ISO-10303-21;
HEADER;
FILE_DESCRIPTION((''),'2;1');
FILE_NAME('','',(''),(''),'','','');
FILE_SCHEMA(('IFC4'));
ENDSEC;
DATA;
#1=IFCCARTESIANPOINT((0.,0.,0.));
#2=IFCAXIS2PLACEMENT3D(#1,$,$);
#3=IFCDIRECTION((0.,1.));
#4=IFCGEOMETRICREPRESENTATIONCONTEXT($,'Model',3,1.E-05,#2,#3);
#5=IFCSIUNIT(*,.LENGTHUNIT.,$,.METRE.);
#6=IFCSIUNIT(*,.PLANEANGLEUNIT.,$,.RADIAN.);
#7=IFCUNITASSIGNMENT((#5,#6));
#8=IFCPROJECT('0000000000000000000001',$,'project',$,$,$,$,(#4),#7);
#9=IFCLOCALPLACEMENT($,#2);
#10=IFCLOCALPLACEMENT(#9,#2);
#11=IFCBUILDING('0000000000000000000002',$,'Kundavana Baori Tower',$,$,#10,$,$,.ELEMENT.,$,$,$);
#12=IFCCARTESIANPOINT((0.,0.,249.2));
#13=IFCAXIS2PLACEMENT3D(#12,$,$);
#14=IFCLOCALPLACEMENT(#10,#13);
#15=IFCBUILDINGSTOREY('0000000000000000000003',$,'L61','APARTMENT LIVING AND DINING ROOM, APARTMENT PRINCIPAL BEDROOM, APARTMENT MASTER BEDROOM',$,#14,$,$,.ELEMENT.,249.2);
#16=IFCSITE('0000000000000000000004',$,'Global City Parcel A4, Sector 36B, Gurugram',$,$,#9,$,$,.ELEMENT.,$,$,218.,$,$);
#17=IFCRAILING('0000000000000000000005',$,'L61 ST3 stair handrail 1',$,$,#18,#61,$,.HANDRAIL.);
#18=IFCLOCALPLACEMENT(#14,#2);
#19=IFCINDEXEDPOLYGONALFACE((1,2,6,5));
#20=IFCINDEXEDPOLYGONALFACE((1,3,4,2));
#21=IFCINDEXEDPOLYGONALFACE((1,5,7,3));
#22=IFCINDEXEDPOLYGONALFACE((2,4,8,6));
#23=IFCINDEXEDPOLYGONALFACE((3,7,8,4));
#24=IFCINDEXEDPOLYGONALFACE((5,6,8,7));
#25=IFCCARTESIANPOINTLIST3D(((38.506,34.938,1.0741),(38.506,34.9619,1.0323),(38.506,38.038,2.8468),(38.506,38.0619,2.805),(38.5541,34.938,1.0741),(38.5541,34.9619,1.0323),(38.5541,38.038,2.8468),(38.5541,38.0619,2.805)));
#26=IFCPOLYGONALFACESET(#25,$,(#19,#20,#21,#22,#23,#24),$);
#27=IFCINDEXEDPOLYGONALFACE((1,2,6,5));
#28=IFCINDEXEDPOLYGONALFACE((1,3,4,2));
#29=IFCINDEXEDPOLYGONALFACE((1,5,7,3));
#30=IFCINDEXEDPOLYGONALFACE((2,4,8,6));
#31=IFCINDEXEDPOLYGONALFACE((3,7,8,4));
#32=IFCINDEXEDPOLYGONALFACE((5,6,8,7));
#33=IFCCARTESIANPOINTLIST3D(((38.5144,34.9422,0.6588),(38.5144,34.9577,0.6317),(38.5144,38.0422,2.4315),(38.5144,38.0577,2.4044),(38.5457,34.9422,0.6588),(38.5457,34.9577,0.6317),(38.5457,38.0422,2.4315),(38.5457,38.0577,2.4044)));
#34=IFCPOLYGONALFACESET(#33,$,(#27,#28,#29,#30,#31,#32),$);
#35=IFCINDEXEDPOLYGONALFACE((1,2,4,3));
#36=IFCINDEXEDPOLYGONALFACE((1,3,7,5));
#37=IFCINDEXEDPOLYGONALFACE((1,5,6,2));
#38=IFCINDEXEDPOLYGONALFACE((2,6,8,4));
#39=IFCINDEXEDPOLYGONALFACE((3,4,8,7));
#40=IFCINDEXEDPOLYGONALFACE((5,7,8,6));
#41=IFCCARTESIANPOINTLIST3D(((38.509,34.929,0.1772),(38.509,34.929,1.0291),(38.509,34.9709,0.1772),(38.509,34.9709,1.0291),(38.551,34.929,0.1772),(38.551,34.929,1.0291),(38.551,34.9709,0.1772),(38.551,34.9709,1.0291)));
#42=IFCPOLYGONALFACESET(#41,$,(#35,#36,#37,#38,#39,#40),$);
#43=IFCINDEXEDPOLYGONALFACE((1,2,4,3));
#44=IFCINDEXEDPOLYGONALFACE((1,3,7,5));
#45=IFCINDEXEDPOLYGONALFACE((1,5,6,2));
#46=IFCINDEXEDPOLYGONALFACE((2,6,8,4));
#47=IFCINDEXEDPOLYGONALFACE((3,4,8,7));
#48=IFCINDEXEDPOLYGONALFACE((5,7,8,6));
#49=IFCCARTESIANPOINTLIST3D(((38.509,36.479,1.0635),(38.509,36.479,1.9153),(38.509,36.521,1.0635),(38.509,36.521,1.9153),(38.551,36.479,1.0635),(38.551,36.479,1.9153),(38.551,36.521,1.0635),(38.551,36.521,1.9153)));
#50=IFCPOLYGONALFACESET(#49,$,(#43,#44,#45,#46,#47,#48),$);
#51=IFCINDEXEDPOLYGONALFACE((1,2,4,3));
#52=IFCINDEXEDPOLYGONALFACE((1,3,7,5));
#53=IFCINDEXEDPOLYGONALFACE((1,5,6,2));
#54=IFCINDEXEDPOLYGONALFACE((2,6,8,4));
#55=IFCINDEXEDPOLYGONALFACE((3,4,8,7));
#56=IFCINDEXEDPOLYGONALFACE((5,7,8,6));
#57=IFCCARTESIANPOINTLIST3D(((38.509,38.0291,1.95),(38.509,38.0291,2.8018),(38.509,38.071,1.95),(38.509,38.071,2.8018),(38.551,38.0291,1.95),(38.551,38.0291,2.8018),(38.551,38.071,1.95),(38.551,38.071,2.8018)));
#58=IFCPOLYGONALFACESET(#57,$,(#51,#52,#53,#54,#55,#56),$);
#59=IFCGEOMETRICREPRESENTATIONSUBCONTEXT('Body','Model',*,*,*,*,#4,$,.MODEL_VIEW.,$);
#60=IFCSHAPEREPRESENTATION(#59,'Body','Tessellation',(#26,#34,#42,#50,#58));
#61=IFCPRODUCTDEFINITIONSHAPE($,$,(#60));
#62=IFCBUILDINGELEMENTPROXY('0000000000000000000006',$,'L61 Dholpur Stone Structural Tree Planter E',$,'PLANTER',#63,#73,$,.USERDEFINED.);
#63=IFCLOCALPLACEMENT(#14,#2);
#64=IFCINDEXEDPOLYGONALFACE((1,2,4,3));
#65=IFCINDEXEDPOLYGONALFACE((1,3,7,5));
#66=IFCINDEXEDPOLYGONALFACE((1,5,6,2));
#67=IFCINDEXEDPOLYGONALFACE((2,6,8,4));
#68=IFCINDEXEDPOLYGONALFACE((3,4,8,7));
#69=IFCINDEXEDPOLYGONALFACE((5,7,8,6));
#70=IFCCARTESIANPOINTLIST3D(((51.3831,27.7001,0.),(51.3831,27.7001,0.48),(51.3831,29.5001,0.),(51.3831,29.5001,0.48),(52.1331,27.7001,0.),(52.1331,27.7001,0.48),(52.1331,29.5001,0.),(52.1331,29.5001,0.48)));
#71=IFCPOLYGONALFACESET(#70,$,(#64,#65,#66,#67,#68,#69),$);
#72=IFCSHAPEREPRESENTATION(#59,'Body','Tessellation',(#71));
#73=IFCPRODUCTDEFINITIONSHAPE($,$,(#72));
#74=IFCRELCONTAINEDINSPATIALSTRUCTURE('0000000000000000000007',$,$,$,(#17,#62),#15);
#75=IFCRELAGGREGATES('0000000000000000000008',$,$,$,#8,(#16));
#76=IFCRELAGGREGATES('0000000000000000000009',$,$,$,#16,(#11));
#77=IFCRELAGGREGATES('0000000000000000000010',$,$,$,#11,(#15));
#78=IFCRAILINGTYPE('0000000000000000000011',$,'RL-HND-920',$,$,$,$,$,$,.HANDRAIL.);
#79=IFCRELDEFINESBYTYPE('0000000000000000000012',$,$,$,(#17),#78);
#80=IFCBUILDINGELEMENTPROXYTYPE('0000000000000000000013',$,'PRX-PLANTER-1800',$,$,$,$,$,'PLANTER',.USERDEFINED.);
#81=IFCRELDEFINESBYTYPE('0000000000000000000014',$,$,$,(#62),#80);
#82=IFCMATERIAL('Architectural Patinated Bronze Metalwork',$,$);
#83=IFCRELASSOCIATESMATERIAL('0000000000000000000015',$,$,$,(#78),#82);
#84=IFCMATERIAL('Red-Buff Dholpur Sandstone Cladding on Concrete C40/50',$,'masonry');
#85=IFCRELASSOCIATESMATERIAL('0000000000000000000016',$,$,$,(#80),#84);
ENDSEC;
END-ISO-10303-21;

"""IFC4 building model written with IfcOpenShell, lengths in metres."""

from ifc_helpers import new_model, si_unit, direction, frame, origin, origin_2d, place, context, subcontext, project, spatial, rectangle, extrude, material, type_object, element, save


model = new_model("IFC4")

# Units and contexts
model_context = context("Model", 3, precision=1e-05, world=origin(), true_north=direction((0.0, 1.0)))
body_context = subcontext(model_context, "Body", "Model", "MODEL_VIEW")
ifc_project = project(units=[si_unit("LENGTHUNIT", "METRE"), si_unit("PLANEANGLEUNIT", "RADIAN")], contexts=[model_context])

# Site, building, storey
site_placement = place(None, origin())
site = spatial("IfcSite", under=ifc_project, at=site_placement, Name="Global City Parcel A4, Sector 36B, Gurugram", CompositionType="ELEMENT", RefElevation=218.0)
building_placement = place(site_placement, origin())
building = spatial("IfcBuilding", under=site, at=building_placement, Name="Kundavana Baori Tower", CompositionType="ELEMENT")
storey_placement = place(building_placement, frame((0.0, 0.0, 249.2)))
storey = spatial("IfcBuildingStorey", under=building, at=storey_placement, Name="L61", Description="APARTMENT LIVING AND DINING ROOM, APARTMENT PRINCIPAL BEDROOM, APARTMENT MASTER BEDROOM", CompositionType="ELEMENT", Elevation=249.2)

# Railing
ifc_material_1 = material(Name="Architectural Patinated Bronze Metalwork")
railing_type_1 = type_object("IfcRailingType", Name="RL-HND-920", PredefinedType="HANDRAIL", material=ifc_material_1)
railing_1_placement = place(storey_placement, frame((38.53, 34.95, 0.1772)))
element("IfcRailing", 1, at=railing_1_placement, inside=storey, type_object=railing_type_1, Name="L61 ST3 stair handrail 1", PredefinedType="HANDRAIL", context=body_context, shape_type="SweptSolid", body=[
    extrude(rectangle(XDim=0.0481, YDim=0.0481, at=origin_2d()), frame((0.0, 0.0, 0.876), z_axis=(0.0, 0.868096, 0.496397), x_axis=(-1.0, 0.0, 0.0)), (0.0, 0.0, 1.0), 3.571),
    extrude(rectangle(XDim=0.0312, YDim=0.0312, at=origin_2d()), frame((0.0, 0.0, 0.468), z_axis=(0.0, 0.868096, 0.496397), x_axis=(-1.0, 0.0, 0.0)), (0.0, 0.0, 1.0), 3.571),
    extrude(rectangle(XDim=0.042, YDim=0.042, at=origin_2d()), origin(), (0.0, 0.0, 1.0), 0.8518),
    extrude(rectangle(XDim=0.042, YDim=0.042, at=origin_2d()), frame((0.0, 1.55, 0.8862)), (0.0, 0.0, 1.0), 0.8518),
    extrude(rectangle(XDim=0.042, YDim=0.042, at=origin_2d()), frame((0.0, 3.1001, 1.7727)), (0.0, 0.0, 1.0), 0.8518),
])

# Building element proxy
ifc_material_2 = material(Name="Red-Buff Dholpur Sandstone Cladding on Concrete C40/50", Category="masonry")
building_element_proxy_type = type_object("IfcBuildingElementProxyType", Name="PRX-PLANTER-1800", ElementType="PLANTER", PredefinedType="USERDEFINED", material=ifc_material_2)
proxy_placement = place(storey_placement, frame((51.7581, 28.6001, 0.0), z_axis=(0.0, 0.0, 1.0), x_axis=(0.0, 1.0, 0.0)))
element("IfcBuildingElementProxy", 2, at=proxy_placement, inside=storey, type_object=building_element_proxy_type, Name="L61 Dholpur Stone Structural Tree Planter E", ObjectType="PLANTER", PredefinedType="USERDEFINED", context=body_context, shape_type="SweptSolid", body=[
    extrude(rectangle(XDim=1.8, YDim=0.75, at=origin_2d()), origin(), (0.0, 0.0, 1.0), 0.48),
])

save(model, "model.ifc")
